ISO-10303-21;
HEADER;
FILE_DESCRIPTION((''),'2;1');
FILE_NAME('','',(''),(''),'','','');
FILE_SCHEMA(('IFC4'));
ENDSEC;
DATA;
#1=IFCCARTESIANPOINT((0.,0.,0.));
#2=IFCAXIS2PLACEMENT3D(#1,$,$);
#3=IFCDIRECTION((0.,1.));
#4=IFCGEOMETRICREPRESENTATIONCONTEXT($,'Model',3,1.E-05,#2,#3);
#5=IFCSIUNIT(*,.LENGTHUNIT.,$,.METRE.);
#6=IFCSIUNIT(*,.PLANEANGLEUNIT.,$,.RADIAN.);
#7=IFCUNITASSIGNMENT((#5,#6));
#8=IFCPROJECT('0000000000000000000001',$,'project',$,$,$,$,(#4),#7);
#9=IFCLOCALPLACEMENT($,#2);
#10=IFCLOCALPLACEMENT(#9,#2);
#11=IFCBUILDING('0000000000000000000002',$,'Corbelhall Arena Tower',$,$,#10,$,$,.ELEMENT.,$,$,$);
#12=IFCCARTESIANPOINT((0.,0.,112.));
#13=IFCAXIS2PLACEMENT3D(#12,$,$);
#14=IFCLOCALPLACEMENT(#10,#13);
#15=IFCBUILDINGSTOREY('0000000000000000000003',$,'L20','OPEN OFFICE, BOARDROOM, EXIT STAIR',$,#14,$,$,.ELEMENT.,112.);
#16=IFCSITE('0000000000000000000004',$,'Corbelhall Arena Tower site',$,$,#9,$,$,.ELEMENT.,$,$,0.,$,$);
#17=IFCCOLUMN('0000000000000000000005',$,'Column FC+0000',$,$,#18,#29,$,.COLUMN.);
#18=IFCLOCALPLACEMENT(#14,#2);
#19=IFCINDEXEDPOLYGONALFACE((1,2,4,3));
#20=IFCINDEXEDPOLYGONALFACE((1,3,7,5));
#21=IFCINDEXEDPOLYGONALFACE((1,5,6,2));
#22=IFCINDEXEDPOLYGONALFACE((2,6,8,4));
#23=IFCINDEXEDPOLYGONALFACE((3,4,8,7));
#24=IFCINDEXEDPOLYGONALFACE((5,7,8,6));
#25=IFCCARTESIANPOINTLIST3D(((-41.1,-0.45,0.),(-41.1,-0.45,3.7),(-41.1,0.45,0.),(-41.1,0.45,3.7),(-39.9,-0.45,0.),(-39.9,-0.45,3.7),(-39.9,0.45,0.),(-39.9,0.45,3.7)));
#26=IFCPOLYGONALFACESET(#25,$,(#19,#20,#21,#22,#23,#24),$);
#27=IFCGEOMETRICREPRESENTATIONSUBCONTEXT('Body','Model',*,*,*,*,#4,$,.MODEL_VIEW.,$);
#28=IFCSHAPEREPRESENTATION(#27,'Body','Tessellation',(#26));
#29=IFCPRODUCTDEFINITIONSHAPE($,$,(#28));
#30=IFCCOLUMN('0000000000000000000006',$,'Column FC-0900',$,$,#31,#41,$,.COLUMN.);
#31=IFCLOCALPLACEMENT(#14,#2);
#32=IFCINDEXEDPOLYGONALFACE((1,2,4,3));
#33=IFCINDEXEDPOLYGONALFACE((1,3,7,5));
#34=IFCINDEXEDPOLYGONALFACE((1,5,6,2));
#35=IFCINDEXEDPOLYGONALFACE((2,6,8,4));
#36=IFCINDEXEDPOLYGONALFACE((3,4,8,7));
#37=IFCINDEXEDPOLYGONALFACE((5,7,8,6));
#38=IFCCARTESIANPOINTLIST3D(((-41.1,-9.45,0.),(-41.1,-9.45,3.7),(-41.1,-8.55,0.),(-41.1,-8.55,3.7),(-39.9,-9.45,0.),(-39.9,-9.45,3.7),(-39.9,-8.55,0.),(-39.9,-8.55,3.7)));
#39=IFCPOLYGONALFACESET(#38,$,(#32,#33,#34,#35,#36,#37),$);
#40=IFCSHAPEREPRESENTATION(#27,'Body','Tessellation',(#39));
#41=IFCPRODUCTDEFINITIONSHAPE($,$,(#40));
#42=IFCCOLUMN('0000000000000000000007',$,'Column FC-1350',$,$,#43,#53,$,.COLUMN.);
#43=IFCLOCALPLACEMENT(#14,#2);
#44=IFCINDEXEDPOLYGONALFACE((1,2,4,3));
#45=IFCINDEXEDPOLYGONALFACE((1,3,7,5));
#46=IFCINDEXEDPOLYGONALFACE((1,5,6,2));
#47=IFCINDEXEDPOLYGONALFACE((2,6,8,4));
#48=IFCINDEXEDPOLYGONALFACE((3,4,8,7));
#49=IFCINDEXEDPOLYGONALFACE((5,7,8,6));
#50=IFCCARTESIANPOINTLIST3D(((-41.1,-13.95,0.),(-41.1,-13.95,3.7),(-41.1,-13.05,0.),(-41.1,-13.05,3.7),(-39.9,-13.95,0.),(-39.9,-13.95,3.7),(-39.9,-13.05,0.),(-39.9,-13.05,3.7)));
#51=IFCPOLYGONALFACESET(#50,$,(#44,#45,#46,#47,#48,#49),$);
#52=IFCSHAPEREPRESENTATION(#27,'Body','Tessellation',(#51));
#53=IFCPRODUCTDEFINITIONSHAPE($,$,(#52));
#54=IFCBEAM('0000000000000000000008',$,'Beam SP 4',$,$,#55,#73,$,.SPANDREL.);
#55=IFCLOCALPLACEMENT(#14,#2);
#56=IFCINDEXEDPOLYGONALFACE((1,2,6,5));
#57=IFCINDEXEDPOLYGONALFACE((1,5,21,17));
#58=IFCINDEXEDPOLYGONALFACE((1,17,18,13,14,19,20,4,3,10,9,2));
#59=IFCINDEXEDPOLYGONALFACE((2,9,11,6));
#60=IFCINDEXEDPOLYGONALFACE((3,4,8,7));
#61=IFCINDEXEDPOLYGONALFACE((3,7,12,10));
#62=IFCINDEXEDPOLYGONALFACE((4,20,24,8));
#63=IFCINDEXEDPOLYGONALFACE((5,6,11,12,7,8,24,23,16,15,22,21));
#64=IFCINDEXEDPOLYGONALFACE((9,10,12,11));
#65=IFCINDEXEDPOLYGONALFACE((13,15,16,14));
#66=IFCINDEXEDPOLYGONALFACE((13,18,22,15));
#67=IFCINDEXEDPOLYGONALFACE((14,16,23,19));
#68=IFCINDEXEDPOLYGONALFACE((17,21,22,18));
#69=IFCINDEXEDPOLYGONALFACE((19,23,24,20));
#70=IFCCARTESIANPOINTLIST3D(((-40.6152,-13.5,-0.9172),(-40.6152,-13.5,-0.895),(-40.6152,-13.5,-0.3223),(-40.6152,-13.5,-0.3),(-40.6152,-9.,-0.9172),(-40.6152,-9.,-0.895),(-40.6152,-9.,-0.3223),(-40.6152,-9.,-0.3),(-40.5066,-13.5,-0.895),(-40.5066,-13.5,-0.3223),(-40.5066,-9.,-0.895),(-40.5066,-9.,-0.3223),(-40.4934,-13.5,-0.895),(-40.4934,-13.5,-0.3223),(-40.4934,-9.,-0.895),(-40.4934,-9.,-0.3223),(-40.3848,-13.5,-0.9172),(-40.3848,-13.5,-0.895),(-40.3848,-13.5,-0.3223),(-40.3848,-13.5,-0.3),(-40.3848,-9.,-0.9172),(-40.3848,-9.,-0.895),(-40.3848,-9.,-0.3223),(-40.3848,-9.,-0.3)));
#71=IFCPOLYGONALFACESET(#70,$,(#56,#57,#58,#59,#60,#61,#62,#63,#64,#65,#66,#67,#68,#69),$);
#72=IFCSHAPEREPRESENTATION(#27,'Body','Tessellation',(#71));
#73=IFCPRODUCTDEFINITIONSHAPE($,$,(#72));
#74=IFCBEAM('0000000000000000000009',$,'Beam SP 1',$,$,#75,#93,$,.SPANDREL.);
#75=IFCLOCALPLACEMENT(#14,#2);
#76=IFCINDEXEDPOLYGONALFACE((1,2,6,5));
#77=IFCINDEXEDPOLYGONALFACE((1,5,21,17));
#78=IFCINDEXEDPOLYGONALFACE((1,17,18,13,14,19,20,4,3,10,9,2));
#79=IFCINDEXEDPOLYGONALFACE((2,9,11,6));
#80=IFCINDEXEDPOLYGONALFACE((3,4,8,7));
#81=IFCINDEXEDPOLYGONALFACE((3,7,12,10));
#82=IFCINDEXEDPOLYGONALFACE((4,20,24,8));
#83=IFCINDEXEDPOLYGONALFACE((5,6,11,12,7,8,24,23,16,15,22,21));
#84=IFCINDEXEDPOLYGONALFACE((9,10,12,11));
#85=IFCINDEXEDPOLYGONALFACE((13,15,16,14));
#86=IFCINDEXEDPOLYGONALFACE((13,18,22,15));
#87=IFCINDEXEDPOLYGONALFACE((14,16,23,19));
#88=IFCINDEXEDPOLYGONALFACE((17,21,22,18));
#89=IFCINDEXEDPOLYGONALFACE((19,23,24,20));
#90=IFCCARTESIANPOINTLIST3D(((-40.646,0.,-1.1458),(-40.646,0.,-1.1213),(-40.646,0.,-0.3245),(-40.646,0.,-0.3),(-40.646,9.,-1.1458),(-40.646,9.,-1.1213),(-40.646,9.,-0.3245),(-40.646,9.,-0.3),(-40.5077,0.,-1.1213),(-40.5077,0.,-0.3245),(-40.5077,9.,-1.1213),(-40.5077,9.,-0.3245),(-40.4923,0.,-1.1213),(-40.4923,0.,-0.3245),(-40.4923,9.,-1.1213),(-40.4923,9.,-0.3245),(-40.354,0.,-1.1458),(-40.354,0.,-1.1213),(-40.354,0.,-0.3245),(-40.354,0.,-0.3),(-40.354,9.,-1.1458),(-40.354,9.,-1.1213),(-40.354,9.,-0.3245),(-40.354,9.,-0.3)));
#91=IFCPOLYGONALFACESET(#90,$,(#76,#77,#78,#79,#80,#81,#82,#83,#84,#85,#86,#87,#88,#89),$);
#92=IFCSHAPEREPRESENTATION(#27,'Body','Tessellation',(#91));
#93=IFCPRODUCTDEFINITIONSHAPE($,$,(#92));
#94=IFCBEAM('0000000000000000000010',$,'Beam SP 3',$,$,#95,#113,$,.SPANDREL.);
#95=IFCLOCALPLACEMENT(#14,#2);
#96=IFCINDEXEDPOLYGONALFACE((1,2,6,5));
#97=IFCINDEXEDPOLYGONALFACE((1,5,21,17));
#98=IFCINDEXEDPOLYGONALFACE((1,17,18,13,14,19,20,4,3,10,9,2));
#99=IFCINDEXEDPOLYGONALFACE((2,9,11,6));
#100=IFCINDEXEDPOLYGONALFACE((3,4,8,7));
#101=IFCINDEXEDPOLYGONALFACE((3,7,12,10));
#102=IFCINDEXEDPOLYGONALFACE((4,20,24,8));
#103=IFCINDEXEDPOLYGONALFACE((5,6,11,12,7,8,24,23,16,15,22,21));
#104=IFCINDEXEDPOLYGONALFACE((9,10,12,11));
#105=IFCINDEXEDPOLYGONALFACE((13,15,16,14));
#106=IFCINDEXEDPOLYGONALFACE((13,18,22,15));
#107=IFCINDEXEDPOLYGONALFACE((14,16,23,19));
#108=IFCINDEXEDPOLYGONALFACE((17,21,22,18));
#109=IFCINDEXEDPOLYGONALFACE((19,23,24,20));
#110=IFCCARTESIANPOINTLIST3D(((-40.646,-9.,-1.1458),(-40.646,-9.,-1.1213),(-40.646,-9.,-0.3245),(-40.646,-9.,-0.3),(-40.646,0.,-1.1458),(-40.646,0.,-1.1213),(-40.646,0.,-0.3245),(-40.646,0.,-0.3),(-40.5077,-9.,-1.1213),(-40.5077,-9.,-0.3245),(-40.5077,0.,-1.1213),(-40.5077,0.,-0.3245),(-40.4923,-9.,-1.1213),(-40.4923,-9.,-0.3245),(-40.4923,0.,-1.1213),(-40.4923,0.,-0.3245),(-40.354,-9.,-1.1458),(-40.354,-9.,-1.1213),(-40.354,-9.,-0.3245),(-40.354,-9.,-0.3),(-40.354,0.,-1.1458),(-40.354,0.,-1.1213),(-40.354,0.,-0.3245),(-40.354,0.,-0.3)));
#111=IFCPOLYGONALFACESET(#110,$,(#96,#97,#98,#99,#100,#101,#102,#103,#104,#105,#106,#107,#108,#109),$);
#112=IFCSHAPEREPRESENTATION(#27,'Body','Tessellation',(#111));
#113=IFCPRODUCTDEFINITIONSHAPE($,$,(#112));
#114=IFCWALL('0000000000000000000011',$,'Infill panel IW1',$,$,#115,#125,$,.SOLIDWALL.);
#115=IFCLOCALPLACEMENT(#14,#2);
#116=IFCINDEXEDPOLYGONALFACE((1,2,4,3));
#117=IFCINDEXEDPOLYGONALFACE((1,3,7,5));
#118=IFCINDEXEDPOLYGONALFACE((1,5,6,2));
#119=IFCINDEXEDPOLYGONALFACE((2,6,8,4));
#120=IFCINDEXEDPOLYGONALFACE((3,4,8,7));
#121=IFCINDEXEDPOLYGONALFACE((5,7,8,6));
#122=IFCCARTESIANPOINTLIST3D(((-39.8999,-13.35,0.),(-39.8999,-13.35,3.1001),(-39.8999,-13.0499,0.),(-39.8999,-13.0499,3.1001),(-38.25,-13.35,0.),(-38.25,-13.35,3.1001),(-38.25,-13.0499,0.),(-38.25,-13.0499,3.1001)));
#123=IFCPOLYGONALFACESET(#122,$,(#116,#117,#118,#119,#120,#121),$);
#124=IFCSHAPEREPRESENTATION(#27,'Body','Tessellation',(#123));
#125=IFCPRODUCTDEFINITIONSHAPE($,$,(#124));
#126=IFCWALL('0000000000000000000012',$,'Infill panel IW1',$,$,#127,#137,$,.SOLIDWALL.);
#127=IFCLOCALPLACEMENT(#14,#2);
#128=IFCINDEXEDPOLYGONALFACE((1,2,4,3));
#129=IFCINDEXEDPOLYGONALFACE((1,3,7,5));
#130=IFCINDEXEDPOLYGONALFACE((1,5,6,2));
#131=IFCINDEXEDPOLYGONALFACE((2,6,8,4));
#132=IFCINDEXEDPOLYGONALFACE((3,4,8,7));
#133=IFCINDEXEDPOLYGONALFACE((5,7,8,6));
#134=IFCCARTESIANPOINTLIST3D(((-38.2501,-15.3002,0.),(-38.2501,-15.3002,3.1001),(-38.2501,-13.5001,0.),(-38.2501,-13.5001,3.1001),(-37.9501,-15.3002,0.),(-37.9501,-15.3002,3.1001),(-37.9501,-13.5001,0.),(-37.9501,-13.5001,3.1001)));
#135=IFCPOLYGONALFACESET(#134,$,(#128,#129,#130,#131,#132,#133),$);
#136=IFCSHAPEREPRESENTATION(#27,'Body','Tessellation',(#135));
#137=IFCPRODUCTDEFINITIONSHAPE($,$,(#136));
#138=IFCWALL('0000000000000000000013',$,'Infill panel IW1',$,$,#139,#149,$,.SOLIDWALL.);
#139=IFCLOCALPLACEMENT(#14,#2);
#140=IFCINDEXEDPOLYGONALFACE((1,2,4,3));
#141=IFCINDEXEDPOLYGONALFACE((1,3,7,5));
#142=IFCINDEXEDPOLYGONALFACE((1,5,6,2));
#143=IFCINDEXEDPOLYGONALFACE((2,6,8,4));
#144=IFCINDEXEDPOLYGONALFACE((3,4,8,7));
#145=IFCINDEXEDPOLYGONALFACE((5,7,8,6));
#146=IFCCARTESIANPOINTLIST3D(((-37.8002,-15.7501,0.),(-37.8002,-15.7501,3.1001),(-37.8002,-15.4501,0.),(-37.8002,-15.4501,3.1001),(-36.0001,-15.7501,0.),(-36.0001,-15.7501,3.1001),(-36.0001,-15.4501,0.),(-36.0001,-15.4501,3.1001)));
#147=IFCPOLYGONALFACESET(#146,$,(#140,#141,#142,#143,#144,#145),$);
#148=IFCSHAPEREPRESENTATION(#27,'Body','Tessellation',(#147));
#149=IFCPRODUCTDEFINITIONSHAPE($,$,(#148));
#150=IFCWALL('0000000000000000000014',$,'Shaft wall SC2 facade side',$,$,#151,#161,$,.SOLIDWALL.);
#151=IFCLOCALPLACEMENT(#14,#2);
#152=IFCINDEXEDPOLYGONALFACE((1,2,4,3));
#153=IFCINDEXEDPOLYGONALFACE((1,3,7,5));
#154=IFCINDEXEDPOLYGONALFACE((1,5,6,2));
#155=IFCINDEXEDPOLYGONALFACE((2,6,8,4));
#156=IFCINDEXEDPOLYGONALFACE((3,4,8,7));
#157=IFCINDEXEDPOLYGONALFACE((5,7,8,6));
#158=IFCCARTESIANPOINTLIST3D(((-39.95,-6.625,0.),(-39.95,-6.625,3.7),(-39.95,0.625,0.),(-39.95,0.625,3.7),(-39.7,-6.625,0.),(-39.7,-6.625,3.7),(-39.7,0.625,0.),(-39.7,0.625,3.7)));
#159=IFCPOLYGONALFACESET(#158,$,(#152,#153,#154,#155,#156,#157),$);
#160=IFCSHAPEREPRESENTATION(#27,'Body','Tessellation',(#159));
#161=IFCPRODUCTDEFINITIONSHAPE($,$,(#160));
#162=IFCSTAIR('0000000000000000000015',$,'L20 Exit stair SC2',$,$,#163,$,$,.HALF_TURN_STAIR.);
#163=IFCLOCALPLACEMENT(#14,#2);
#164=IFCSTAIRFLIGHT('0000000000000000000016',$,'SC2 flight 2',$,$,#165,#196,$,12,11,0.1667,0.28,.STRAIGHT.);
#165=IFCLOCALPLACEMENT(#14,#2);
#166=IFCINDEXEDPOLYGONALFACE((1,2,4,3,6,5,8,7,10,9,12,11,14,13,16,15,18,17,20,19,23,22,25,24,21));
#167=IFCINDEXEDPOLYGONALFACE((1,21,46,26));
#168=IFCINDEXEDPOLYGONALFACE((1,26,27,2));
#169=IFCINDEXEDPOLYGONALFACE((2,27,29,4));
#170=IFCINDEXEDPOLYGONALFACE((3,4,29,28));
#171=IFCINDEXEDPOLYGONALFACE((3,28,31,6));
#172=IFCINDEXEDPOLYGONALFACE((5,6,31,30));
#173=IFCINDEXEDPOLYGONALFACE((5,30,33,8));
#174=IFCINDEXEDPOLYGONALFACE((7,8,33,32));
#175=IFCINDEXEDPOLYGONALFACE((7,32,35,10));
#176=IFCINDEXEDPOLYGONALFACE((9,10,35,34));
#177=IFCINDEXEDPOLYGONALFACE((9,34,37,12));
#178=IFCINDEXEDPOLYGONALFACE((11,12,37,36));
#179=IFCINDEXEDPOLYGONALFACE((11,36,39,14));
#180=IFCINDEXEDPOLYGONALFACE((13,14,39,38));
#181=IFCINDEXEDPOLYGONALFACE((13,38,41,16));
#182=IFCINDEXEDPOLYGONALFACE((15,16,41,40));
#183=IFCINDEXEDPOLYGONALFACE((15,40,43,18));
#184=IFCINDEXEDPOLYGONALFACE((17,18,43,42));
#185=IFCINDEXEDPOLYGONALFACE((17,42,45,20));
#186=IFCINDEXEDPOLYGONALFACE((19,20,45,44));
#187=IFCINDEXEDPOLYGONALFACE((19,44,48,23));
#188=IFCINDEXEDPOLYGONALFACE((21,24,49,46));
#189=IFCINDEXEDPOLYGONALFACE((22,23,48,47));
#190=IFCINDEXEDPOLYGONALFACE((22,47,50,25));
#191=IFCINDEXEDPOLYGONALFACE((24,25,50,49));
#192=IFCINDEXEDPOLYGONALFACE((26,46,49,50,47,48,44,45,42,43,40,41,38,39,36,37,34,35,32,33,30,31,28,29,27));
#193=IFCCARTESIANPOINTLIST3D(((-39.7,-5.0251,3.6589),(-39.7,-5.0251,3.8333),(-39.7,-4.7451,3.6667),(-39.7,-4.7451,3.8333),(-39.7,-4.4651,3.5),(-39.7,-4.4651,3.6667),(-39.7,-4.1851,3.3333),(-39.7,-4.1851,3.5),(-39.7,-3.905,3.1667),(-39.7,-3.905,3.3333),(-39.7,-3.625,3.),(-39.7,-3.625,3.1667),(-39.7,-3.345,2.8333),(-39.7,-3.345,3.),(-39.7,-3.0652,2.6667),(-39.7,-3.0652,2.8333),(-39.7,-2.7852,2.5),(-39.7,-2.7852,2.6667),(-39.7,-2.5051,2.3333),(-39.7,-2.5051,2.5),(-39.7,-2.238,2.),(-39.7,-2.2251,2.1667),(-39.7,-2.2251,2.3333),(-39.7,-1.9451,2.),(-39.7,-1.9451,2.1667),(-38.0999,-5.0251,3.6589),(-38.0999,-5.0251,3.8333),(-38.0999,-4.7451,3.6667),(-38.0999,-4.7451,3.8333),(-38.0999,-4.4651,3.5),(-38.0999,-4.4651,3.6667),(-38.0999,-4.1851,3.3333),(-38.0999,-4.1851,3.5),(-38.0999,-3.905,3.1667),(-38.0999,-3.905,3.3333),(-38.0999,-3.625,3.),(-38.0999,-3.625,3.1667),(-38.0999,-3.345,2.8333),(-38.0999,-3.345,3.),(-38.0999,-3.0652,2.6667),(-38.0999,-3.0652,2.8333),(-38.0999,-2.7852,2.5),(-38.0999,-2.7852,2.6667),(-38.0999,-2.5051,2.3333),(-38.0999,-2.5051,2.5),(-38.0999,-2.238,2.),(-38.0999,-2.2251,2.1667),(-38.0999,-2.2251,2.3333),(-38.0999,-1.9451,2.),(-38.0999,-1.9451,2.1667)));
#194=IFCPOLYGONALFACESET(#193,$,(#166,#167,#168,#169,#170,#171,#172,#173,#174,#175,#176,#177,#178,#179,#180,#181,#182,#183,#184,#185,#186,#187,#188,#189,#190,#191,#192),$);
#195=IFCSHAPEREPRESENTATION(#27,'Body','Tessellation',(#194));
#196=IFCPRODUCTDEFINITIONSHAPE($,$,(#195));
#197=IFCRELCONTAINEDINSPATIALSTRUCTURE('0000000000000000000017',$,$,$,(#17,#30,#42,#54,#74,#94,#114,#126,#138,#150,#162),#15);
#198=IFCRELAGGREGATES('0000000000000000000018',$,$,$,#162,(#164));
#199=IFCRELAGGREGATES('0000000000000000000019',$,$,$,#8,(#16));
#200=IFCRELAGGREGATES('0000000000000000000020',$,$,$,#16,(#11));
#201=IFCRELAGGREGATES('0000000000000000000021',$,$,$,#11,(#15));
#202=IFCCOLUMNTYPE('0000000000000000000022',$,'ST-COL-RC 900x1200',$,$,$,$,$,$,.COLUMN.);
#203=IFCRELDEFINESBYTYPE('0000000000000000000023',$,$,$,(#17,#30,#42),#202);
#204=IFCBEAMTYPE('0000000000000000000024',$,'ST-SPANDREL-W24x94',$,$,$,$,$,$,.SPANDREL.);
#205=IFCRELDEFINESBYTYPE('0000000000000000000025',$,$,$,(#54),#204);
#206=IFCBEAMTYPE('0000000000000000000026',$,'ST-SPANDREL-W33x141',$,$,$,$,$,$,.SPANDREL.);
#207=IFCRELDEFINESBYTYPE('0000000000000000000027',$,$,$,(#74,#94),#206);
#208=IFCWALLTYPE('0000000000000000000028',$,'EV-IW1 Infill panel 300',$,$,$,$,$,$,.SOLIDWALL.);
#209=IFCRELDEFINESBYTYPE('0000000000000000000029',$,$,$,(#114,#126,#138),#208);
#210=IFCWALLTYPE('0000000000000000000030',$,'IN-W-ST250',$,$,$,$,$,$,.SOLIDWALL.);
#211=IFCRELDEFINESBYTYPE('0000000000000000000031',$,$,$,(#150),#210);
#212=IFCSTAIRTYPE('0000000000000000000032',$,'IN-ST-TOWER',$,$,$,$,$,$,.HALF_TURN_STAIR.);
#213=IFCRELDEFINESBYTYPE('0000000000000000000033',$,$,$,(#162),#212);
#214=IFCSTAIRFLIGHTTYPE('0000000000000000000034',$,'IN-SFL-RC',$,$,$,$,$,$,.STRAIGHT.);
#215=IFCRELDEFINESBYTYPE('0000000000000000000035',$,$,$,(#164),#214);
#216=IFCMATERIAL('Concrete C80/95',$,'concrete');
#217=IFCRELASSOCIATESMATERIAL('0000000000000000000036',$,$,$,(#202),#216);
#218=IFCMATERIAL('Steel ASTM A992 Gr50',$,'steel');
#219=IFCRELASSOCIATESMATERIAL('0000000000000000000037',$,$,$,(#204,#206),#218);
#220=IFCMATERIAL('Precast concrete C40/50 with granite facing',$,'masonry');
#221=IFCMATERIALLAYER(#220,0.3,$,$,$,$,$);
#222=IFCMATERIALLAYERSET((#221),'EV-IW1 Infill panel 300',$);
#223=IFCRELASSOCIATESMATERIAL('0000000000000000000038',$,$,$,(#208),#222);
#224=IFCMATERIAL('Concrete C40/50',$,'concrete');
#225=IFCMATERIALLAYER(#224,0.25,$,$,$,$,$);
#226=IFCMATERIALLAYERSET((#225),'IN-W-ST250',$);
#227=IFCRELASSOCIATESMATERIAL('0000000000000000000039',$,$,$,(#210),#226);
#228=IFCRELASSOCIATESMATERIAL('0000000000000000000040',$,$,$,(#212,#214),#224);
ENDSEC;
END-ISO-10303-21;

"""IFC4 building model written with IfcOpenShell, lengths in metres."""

from ifc_helpers import new_model, si_unit, direction, frame, frame_2d, origin, origin_2d, place, context, subcontext, project, spatial, polyline, rectangle, i_section, outline, extrude, material, layer, layer_set, material_profile, profile_set, type_object, element, aggregate, save


model = new_model("IFC4")

# Units and contexts
model_context = context("Model", 3, precision=1e-05, world=origin(), true_north=direction((0.0, 1.0)))
body_context = subcontext(model_context, "Body", "Model", "MODEL_VIEW")
ifc_project = project(units=[si_unit("LENGTHUNIT", "METRE"), si_unit("PLANEANGLEUNIT", "RADIAN")], contexts=[model_context])

# Site, building, storey
site_placement = place(None, origin())
site = spatial("IfcSite", under=ifc_project, at=site_placement, Name="Corbelhall Arena Tower site", CompositionType="ELEMENT", RefElevation=0.0)
building_placement = place(site_placement, origin())
building = spatial("IfcBuilding", under=site, at=building_placement, Name="Corbelhall Arena Tower", CompositionType="ELEMENT")
storey_placement = place(building_placement, frame((0.0, 0.0, 112.0)))
storey = spatial("IfcBuildingStorey", under=building, at=storey_placement, Name="L20", Description="OPEN OFFICE, BOARDROOM, EXIT STAIR", CompositionType="ELEMENT", Elevation=112.0)

# Columns
ifc_material_1 = material(Name="Concrete C80/95", Category="concrete")
ifc_material_profile_1 = material_profile(ifc_material_1, rectangle(XDim=0.8999, YDim=1.2, at=origin_2d()))
ifc_profile_set_1 = profile_set([ifc_material_profile_1], Name="Concrete C80/95")
column_type = type_object("IfcColumnType", Name="ST-COL-RC 900x1200", PredefinedType="COLUMN", material=ifc_profile_set_1)
for number, where, z_axis, x_axis, name in (
    (1, (-40.5, 0.0, 0.0), (0.0, 0.0, 1.0), (0.0, 1.0, 0.0), "Column FC+0000"),
    (2, (-40.5, -9.0, 0.0), (0.0, 0.0, 1.0), (0.0, 1.0, 0.0), "Column FC-0900"),
    (3, (-40.5, -13.5, 0.0), (0.0, 0.0, 1.0), (0.0, 1.0, 0.0), "Column FC-1350"),
):
    element("IfcColumn", number, at=place(storey_placement, frame(where, z_axis=z_axis, x_axis=x_axis)), inside=storey, type_object=column_type, Name=name, PredefinedType="COLUMN", context=body_context, shape_type="SweptSolid", body=[
        extrude(rectangle(XDim=0.8999, YDim=1.2, at=origin_2d()), origin(), (0.0, 0.0, 1.0), 3.7),
    ])

# Beams
ifc_material_2 = material(Name="Steel ASTM A992 Gr50", Category="steel")
ifc_material_profile_2 = material_profile(ifc_material_2, i_section(OverallWidth=0.2305, OverallDepth=0.6172, WebThickness=0.0132, FlangeThickness=0.0222, at=origin_2d()))
ifc_profile_set_2 = profile_set([ifc_material_profile_2], Name="Steel ASTM A992 Gr50")
beam_type_1 = type_object("IfcBeamType", Name="ST-SPANDREL-W24x94", PredefinedType="SPANDREL", material=ifc_profile_set_2)
beam_placement = place(storey_placement, frame((-40.5, -13.5, -0.6086), z_axis=(0.0, 1.0, 0.0), x_axis=(-1.0, 0.0, 0.0)))
element("IfcBeam", 4, at=beam_placement, inside=storey, type_object=beam_type_1, Name="Beam SP 4", PredefinedType="SPANDREL", context=body_context, shape_type="SweptSolid", body=[
    extrude(i_section(OverallWidth=0.2305, OverallDepth=0.6172, WebThickness=0.0132, FlangeThickness=0.0222, at=origin_2d()), origin(), (0.0, 0.0, 1.0), 4.5),
])
ifc_material_profile_3 = material_profile(ifc_material_2, i_section(OverallWidth=0.292, OverallDepth=0.8457, WebThickness=0.0154, FlangeThickness=0.0244, at=origin_2d()))
ifc_profile_set_3 = profile_set([ifc_material_profile_3], Name="Steel ASTM A992 Gr50")
beam_type_2 = type_object("IfcBeamType", Name="ST-SPANDREL-W33x141", PredefinedType="SPANDREL", material=ifc_profile_set_3)
for number, where, z_axis, x_axis, name in (
    (5, (-40.5, 0.0, -0.7229), (0.0, 1.0, 0.0), (-1.0, 0.0, 0.0), "Beam SP 1"),
    (6, (-40.5, -9.0, -0.7229), (0.0, 1.0, 0.0), (-1.0, 0.0, 0.0), "Beam SP 3"),
):
    element("IfcBeam", number, at=place(storey_placement, frame(where, z_axis=z_axis, x_axis=x_axis)), inside=storey, type_object=beam_type_2, Name=name, PredefinedType="SPANDREL", context=body_context, shape_type="SweptSolid", body=[
        extrude(i_section(OverallWidth=0.292, OverallDepth=0.8457, WebThickness=0.0154, FlangeThickness=0.0244, at=origin_2d()), origin(), (0.0, 0.0, 1.0), 9.0),
    ])

# Walls
ifc_material_3 = material(Name="Precast concrete C40/50 with granite facing", Category="masonry")
ifc_layer_1 = layer(ifc_material_3, 0.3)
ifc_layer_set_1 = layer_set([ifc_layer_1], Name="EV-IW1 Infill panel 300")
wall_type_1 = type_object("IfcWallType", Name="EV-IW1 Infill panel 300", PredefinedType="SOLIDWALL", material=ifc_layer_set_1)
wall_1_placement = place(storey_placement, frame((-39.8999, -13.2, 0.0), z_axis=(0.0, 0.0, 1.0), x_axis=(1.0, 0.0, 0.0)))
element("IfcWall", 7, at=wall_1_placement, inside=storey, type_object=wall_type_1, Name="Infill panel IW1", PredefinedType="SOLIDWALL", context=body_context, shape_type="SweptSolid", body=[
    extrude(rectangle(XDim=1.6499, YDim=0.3, at=frame_2d((0.825, 0.0))), origin(), (0.0, 0.0, 1.0), 3.1001),
])
for number, where, z_axis, x_axis, name in (
    (8, (-38.1001, -15.3, 0.0), (0.0, 0.0, 1.0), (0.0, 1.0, 0.0), "Infill panel IW1"),
    (9, (-37.8, -15.6001, 0.0), (0.0, 0.0, 1.0), (1.0, 0.0, 0.0), "Infill panel IW1"),
):
    element("IfcWall", number, at=place(storey_placement, frame(where, z_axis=z_axis, x_axis=x_axis)), inside=storey, type_object=wall_type_1, Name=name, PredefinedType="SOLIDWALL", context=body_context, shape_type="SweptSolid", body=[
        extrude(rectangle(XDim=1.8, YDim=0.3, at=frame_2d((0.8999, 0.0))), origin(), (0.0, 0.0, 1.0), 3.1001),
    ])

# Wall
ifc_material_4 = material(Name="Concrete C40/50", Category="concrete")
ifc_layer_2 = layer(ifc_material_4, 0.25)
ifc_layer_set_2 = layer_set([ifc_layer_2], Name="IN-W-ST250")
wall_type_2 = type_object("IfcWallType", Name="IN-W-ST250", PredefinedType="SOLIDWALL", material=ifc_layer_set_2)
wall_2_placement = place(storey_placement, frame((-39.825, -6.625, 0.0), z_axis=(0.0, 0.0, 1.0), x_axis=(0.0, 1.0, 0.0)))
element("IfcWall", 10, at=wall_2_placement, inside=storey, type_object=wall_type_2, Name="Shaft wall SC2 facade side", PredefinedType="SOLIDWALL", context=body_context, shape_type="SweptSolid", body=[
    extrude(rectangle(XDim=7.25, YDim=0.25, at=frame_2d((3.625, 0.0))), origin(), (0.0, 0.0, 1.0), 3.7),
])

# Stair, stair flight
stair_type = type_object("IfcStairType", Name="IN-ST-TOWER", PredefinedType="HALF_TURN_STAIR", material=ifc_material_4)
stair_placement = place(storey_placement, origin())
stair = element("IfcStair", 11, at=stair_placement, inside=storey, type_object=stair_type, Name="L20 Exit stair SC2", PredefinedType="HALF_TURN_STAIR")
stair_flight_type = type_object("IfcStairFlightType", Name="IN-SFL-RC", PredefinedType="STRAIGHT", material=ifc_material_4)
stair_flight_placement = place(storey_placement, frame((-38.8999, -1.9451, 2.0), z_axis=(0.0, 0.0, 1.0), x_axis=(0.0, -1.0, 0.0)))
stair_flight = element("IfcStairFlight", 12, at=stair_flight_placement, type_object=stair_flight_type, Name="SC2 flight 2", NumberOfRisers=12, NumberOfTreads=11, PredefinedType="STRAIGHT", RiserHeight=0.1667, TreadLength=0.28, context=body_context, shape_type="SweptSolid", body=[
    extrude(outline(polyline([(0.0, 0.0), (0.0, 0.1667), (0.28, 0.1667), (0.28, 0.3333), (0.5601, 0.3333), (0.5601, 0.5), (0.8401, 0.5), (0.8401, 0.6667), (1.1201, 0.6667), (1.1201, 0.8333), (1.3999, 0.8333), (1.3999, 1.0), (1.6799, 1.0), (1.6799, 1.1667), (1.96, 1.1667), (1.96, 1.3333), (2.24, 1.3333), (2.24, 1.5), (2.52, 1.5), (2.52, 1.6667), (2.8, 1.6667), (2.8, 1.8333), (3.0801, 1.8333), (3.0801, 2.0), (3.0801, 1.6589), (0.293, 0.0), (0.0, 0.0)])), frame((0.0, 0.8, 0.0), z_axis=(0.0, -1.0, 0.0), x_axis=(1.0, 0.0, 0.0)), (0.0, 0.0, 1.0), 1.6001),
])
aggregate(stair, [stair_flight])

save(model, "model.ifc")
